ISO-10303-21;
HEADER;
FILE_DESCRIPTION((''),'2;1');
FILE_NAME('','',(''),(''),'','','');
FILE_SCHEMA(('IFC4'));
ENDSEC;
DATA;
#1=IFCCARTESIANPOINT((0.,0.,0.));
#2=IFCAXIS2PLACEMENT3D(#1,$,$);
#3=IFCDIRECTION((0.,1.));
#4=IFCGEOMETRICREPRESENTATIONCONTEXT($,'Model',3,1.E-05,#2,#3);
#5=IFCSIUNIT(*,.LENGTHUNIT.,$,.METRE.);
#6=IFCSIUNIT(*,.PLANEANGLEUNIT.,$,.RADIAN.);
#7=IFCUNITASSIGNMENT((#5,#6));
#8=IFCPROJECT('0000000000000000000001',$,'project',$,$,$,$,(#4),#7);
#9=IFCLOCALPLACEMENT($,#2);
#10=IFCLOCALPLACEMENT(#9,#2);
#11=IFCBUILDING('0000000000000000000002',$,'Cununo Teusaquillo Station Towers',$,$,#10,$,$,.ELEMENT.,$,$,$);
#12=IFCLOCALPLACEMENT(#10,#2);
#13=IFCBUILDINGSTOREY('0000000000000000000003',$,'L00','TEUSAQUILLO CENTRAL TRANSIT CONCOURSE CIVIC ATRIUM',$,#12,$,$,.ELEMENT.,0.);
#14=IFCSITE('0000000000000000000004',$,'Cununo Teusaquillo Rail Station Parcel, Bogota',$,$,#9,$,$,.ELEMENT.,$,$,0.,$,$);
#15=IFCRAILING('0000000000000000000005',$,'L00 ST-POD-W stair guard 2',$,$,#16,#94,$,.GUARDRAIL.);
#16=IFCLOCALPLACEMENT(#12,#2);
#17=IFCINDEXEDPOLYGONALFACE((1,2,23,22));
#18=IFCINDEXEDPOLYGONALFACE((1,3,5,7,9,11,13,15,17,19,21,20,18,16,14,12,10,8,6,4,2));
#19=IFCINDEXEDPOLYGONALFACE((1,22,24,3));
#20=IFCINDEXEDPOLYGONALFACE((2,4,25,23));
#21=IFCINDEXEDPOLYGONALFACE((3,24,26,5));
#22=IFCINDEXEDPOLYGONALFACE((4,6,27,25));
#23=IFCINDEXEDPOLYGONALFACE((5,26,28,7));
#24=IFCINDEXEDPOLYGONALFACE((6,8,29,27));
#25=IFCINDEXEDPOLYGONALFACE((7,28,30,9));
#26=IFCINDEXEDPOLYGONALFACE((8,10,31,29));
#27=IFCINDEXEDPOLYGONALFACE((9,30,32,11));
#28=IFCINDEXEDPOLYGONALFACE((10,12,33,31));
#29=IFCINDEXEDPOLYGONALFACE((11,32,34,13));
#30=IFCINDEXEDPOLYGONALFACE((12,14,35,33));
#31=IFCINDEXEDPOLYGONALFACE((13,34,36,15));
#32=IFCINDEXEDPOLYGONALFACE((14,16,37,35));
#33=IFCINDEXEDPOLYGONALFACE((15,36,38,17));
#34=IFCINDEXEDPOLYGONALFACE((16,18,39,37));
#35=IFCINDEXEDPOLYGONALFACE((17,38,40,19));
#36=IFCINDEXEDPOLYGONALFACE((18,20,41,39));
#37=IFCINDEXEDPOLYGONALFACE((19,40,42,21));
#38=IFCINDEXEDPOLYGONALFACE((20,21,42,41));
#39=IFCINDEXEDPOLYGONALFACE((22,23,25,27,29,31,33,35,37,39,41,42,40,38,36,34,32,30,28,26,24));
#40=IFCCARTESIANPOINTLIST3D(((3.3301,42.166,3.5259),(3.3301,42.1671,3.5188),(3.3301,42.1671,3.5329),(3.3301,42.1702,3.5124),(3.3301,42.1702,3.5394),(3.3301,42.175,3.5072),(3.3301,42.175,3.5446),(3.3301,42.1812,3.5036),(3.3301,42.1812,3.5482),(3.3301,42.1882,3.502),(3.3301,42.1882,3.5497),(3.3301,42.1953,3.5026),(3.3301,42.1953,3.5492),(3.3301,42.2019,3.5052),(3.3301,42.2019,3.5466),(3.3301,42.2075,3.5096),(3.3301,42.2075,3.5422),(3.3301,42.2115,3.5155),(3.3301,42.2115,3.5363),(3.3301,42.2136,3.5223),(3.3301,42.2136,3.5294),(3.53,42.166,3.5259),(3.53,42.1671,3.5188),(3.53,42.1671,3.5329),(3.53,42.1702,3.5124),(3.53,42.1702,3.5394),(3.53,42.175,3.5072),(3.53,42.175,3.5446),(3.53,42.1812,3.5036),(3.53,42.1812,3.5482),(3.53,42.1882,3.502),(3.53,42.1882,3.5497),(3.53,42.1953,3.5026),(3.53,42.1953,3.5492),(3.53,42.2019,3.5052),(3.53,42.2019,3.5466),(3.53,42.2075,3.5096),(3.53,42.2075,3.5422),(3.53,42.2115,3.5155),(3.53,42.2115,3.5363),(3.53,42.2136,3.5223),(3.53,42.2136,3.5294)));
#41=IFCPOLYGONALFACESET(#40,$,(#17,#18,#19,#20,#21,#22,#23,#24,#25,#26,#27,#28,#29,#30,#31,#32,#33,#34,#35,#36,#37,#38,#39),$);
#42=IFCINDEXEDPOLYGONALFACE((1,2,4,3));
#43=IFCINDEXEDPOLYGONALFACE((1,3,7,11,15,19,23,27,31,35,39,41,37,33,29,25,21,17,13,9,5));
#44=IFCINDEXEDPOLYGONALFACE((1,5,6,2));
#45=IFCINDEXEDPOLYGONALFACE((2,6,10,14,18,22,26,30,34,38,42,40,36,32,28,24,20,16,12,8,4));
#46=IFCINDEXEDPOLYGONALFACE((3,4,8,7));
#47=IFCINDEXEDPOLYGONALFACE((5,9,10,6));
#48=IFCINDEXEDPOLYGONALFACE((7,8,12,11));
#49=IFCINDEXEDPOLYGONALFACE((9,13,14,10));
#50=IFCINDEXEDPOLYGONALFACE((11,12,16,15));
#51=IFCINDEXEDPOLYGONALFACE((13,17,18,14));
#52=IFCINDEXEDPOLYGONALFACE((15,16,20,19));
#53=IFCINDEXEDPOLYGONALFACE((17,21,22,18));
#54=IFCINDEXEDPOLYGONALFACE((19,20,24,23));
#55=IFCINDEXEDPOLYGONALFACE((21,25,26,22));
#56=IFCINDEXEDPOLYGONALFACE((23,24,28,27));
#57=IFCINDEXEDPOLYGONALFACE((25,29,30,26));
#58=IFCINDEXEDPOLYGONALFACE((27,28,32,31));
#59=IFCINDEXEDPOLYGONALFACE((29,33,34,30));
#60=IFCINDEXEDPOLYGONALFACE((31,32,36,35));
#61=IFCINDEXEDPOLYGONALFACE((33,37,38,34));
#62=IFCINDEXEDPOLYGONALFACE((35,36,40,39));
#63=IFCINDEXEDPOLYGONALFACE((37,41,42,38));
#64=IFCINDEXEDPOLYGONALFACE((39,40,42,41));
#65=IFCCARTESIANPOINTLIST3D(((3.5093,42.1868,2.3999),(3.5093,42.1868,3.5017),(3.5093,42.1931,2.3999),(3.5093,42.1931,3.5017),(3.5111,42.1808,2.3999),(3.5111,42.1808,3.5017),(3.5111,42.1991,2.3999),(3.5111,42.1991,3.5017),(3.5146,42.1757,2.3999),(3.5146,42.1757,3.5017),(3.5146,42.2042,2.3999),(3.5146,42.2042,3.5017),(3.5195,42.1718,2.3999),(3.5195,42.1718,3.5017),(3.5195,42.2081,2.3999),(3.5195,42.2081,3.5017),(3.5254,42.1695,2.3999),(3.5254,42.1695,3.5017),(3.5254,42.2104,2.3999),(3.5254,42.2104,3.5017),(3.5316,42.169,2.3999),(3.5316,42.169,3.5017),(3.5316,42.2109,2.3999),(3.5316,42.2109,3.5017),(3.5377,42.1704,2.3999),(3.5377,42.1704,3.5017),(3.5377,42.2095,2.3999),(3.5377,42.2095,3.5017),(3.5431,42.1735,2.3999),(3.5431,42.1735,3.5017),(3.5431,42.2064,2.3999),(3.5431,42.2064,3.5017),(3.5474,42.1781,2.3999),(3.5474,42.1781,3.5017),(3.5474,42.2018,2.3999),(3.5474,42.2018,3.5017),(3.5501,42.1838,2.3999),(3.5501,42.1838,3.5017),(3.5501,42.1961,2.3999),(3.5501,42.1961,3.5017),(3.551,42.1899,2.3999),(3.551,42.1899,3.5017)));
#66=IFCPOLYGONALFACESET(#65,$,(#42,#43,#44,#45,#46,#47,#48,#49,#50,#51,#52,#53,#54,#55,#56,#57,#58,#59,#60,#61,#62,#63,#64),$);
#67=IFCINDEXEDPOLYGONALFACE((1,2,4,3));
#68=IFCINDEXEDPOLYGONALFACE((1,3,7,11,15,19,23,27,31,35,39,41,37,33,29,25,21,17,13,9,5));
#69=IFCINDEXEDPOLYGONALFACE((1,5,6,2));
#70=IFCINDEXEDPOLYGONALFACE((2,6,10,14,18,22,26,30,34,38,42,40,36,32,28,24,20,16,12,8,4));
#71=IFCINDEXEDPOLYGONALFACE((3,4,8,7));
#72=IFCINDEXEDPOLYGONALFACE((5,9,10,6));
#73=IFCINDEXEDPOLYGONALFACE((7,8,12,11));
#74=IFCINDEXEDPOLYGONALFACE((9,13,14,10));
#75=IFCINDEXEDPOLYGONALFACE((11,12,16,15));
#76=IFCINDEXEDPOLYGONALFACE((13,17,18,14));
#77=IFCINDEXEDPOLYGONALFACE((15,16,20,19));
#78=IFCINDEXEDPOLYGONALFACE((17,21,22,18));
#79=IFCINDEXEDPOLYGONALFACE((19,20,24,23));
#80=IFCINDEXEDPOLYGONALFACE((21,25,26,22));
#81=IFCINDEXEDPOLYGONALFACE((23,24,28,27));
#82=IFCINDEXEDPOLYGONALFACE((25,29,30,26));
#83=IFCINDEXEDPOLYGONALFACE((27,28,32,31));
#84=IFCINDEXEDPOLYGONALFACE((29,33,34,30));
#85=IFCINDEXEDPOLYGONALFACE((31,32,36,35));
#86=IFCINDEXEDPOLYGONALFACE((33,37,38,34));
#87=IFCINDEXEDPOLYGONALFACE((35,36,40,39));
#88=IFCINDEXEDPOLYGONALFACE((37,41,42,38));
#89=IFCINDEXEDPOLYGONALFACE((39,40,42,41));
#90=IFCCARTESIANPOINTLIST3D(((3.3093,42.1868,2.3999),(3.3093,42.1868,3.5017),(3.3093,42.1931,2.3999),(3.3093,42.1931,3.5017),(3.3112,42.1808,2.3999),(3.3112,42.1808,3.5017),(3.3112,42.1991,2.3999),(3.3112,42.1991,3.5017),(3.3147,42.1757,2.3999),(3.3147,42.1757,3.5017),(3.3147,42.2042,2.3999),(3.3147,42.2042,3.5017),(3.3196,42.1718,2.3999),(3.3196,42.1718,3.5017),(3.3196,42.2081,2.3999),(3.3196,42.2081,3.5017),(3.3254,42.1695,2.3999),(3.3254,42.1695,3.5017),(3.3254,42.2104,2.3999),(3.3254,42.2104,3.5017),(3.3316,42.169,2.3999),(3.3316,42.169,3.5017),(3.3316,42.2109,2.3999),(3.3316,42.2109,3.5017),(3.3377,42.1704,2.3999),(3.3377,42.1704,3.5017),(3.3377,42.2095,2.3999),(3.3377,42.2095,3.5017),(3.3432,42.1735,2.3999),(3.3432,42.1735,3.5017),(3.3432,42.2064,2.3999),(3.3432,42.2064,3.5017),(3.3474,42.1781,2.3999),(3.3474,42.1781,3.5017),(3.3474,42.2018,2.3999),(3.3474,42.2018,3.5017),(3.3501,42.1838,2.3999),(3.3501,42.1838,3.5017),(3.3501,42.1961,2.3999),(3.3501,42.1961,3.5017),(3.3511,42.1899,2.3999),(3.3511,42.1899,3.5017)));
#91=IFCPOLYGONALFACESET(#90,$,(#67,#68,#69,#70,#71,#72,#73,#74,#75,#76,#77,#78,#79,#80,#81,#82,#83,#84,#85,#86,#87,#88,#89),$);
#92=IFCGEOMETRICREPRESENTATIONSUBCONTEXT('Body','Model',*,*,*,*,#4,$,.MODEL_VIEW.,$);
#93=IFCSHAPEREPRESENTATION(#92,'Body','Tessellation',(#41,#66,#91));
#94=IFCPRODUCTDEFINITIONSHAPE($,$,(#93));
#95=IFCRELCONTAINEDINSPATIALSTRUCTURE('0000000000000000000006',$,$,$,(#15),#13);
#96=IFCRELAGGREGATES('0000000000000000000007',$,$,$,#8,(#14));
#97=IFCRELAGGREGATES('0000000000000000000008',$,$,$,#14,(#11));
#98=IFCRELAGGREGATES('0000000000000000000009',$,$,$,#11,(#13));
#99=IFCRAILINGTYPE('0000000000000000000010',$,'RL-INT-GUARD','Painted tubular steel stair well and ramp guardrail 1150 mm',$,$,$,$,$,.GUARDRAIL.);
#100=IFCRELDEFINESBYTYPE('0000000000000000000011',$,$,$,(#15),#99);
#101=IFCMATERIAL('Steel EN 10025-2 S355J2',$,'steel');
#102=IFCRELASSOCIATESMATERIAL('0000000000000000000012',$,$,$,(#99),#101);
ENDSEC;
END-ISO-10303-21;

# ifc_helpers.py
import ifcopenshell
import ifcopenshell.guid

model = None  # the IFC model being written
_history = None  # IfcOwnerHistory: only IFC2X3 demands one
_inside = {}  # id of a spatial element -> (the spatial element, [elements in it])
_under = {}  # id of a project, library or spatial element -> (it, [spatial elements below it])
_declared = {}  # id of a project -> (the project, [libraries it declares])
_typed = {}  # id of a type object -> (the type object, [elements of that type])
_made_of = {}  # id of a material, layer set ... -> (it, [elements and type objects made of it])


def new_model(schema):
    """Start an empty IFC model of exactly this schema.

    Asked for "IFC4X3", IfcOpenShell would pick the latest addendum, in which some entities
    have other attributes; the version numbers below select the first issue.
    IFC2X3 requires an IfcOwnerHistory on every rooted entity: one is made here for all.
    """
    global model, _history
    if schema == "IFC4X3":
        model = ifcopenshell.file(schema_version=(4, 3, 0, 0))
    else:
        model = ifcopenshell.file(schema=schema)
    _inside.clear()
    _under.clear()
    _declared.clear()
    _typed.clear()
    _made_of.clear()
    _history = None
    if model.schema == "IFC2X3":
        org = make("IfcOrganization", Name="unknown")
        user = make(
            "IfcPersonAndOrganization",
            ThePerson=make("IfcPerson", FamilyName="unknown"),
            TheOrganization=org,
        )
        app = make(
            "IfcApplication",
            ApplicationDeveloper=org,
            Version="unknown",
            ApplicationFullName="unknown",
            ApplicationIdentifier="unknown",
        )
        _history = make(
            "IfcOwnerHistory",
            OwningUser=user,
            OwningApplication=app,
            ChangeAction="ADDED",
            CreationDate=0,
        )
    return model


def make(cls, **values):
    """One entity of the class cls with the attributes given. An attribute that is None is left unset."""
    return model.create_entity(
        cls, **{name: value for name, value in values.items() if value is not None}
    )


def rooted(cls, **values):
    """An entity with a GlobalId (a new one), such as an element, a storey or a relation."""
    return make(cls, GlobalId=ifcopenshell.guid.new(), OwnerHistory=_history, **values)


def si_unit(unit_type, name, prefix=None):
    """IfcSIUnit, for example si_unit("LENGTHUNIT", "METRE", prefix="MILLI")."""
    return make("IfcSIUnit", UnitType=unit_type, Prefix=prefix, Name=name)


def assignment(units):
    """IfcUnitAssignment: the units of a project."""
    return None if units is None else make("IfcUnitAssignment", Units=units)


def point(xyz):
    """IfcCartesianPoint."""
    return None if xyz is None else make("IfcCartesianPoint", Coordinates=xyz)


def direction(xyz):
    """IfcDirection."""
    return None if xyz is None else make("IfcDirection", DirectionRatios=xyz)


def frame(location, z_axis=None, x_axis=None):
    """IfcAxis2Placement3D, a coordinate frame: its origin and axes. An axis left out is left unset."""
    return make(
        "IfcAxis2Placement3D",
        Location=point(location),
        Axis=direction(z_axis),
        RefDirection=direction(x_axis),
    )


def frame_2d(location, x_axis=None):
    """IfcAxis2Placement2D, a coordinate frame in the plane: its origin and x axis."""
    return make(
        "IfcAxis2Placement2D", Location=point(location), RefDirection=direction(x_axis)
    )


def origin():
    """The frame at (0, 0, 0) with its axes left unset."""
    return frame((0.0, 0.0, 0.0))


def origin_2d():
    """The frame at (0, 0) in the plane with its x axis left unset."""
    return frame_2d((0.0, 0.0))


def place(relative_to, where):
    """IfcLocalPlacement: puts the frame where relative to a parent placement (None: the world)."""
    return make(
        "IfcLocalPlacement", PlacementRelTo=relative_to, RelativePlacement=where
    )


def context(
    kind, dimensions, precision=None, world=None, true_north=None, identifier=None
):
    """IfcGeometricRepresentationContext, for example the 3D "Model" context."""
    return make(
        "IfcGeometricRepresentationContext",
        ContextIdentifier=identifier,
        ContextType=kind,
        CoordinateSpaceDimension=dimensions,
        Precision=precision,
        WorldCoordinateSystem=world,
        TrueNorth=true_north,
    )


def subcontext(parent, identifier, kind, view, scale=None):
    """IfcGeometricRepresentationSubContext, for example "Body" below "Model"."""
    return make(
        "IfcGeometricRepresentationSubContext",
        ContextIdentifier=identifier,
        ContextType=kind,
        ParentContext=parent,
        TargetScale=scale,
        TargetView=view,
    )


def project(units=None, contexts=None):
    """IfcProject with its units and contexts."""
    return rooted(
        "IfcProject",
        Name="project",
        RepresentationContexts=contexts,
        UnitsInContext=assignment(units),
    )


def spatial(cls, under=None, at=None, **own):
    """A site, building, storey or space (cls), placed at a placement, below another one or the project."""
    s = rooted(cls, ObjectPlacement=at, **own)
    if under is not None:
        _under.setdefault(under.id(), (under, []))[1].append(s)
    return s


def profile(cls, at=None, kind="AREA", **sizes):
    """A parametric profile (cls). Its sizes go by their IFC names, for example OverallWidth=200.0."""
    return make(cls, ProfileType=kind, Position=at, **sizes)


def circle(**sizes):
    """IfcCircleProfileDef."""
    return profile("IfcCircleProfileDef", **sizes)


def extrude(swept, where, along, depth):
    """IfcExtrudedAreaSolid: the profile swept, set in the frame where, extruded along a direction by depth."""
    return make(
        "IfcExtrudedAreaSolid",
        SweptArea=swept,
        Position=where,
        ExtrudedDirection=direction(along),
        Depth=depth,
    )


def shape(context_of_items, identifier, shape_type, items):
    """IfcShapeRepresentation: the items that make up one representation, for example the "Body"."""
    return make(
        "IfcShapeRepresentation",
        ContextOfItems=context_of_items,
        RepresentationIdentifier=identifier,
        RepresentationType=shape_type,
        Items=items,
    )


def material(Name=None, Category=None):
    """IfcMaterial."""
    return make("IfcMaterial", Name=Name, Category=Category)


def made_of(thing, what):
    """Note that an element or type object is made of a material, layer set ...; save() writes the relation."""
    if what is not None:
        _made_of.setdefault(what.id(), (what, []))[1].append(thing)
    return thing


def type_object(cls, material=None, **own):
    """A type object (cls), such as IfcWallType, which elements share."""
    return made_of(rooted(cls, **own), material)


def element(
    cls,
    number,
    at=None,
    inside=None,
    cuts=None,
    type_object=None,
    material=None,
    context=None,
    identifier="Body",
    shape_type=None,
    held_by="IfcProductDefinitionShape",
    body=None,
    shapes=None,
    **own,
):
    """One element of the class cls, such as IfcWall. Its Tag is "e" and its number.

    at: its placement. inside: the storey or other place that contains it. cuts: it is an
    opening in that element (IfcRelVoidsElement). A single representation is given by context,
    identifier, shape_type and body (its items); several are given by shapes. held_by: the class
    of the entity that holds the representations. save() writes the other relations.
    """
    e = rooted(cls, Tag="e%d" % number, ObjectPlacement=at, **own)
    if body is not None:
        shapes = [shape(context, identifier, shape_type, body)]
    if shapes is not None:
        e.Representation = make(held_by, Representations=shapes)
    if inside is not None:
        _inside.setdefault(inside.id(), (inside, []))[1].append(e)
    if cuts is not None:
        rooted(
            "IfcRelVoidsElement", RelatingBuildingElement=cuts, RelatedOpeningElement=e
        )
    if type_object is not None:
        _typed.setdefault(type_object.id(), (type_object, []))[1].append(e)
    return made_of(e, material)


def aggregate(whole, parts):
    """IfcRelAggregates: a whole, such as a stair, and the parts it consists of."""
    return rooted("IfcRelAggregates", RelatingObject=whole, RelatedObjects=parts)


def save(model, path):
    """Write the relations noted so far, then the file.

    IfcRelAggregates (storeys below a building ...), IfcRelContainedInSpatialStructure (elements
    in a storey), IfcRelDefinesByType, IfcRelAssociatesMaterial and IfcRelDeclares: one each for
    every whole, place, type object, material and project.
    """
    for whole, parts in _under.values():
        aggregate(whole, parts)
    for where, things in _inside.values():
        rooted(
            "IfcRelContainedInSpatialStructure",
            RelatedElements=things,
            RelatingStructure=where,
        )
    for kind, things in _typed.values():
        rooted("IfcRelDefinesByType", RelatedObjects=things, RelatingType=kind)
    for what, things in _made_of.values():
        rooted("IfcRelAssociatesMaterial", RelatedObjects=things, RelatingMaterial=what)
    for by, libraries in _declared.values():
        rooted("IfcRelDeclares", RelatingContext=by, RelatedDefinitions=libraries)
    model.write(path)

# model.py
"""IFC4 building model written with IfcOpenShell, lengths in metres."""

from ifc_helpers import new_model, si_unit, direction, frame, origin, origin_2d, place, context, subcontext, project, spatial, circle, extrude, material, type_object, element, save


model = new_model("IFC4")

# Units and contexts
model_context = context("Model", 3, precision=1e-05, world=origin(), true_north=direction((0.0, 1.0)))
body_context = subcontext(model_context, "Body", "Model", "MODEL_VIEW")
ifc_project = project(units=[si_unit("LENGTHUNIT", "METRE"), si_unit("PLANEANGLEUNIT", "RADIAN")], contexts=[model_context])

# Site, building, storey
site_placement = place(None, origin())
site = spatial("IfcSite", under=ifc_project, at=site_placement, Name="Cununo Teusaquillo Rail Station Parcel, Bogota", CompositionType="ELEMENT", RefElevation=0.0)
building_placement = place(site_placement, origin())
building = spatial("IfcBuilding", under=site, at=building_placement, Name="Cununo Teusaquillo Station Towers", CompositionType="ELEMENT")
storey_placement = place(building_placement, origin())
storey = spatial("IfcBuildingStorey", under=building, at=storey_placement, Name="L00", Description="TEUSAQUILLO CENTRAL TRANSIT CONCOURSE CIVIC ATRIUM", CompositionType="ELEMENT", Elevation=0.0)

# Railing
ifc_material_1 = material(Name="Steel EN 10025-2 S355J2", Category="steel")
railing_type_1 = type_object("IfcRailingType", Name="RL-INT-GUARD", Description="Painted tubular steel stair well and ramp guardrail 1150 mm", PredefinedType="GUARDRAIL", material=ifc_material_1)
railing_1_placement = place(storey_placement, frame((3.53, 42.1899, 2.3999)))
element("IfcRailing", 1, at=railing_1_placement, inside=storey, type_object=railing_type_1, Name="L00 ST-POD-W stair guard 2", PredefinedType="GUARDRAIL", context=body_context, shape_type="SweptSolid", body=[
    extrude(circle(Radius=0.0239, at=origin_2d()), frame((0.0, 0.0, 1.126), z_axis=(-1.0, 0.0, 0.0), x_axis=(0.0, -1.0, 0.0)), (0.0, 0.0, 1.0), 0.2),
    extrude(circle(Radius=0.021, at=origin_2d()), origin(), (0.0, 0.0, 1.0), 1.1018),
    extrude(circle(Radius=0.021, at=origin_2d()), frame((-0.2, 0.0, 0.0)), (0.0, 0.0, 1.0), 1.1018),
])

save(model, "model.ifc")
